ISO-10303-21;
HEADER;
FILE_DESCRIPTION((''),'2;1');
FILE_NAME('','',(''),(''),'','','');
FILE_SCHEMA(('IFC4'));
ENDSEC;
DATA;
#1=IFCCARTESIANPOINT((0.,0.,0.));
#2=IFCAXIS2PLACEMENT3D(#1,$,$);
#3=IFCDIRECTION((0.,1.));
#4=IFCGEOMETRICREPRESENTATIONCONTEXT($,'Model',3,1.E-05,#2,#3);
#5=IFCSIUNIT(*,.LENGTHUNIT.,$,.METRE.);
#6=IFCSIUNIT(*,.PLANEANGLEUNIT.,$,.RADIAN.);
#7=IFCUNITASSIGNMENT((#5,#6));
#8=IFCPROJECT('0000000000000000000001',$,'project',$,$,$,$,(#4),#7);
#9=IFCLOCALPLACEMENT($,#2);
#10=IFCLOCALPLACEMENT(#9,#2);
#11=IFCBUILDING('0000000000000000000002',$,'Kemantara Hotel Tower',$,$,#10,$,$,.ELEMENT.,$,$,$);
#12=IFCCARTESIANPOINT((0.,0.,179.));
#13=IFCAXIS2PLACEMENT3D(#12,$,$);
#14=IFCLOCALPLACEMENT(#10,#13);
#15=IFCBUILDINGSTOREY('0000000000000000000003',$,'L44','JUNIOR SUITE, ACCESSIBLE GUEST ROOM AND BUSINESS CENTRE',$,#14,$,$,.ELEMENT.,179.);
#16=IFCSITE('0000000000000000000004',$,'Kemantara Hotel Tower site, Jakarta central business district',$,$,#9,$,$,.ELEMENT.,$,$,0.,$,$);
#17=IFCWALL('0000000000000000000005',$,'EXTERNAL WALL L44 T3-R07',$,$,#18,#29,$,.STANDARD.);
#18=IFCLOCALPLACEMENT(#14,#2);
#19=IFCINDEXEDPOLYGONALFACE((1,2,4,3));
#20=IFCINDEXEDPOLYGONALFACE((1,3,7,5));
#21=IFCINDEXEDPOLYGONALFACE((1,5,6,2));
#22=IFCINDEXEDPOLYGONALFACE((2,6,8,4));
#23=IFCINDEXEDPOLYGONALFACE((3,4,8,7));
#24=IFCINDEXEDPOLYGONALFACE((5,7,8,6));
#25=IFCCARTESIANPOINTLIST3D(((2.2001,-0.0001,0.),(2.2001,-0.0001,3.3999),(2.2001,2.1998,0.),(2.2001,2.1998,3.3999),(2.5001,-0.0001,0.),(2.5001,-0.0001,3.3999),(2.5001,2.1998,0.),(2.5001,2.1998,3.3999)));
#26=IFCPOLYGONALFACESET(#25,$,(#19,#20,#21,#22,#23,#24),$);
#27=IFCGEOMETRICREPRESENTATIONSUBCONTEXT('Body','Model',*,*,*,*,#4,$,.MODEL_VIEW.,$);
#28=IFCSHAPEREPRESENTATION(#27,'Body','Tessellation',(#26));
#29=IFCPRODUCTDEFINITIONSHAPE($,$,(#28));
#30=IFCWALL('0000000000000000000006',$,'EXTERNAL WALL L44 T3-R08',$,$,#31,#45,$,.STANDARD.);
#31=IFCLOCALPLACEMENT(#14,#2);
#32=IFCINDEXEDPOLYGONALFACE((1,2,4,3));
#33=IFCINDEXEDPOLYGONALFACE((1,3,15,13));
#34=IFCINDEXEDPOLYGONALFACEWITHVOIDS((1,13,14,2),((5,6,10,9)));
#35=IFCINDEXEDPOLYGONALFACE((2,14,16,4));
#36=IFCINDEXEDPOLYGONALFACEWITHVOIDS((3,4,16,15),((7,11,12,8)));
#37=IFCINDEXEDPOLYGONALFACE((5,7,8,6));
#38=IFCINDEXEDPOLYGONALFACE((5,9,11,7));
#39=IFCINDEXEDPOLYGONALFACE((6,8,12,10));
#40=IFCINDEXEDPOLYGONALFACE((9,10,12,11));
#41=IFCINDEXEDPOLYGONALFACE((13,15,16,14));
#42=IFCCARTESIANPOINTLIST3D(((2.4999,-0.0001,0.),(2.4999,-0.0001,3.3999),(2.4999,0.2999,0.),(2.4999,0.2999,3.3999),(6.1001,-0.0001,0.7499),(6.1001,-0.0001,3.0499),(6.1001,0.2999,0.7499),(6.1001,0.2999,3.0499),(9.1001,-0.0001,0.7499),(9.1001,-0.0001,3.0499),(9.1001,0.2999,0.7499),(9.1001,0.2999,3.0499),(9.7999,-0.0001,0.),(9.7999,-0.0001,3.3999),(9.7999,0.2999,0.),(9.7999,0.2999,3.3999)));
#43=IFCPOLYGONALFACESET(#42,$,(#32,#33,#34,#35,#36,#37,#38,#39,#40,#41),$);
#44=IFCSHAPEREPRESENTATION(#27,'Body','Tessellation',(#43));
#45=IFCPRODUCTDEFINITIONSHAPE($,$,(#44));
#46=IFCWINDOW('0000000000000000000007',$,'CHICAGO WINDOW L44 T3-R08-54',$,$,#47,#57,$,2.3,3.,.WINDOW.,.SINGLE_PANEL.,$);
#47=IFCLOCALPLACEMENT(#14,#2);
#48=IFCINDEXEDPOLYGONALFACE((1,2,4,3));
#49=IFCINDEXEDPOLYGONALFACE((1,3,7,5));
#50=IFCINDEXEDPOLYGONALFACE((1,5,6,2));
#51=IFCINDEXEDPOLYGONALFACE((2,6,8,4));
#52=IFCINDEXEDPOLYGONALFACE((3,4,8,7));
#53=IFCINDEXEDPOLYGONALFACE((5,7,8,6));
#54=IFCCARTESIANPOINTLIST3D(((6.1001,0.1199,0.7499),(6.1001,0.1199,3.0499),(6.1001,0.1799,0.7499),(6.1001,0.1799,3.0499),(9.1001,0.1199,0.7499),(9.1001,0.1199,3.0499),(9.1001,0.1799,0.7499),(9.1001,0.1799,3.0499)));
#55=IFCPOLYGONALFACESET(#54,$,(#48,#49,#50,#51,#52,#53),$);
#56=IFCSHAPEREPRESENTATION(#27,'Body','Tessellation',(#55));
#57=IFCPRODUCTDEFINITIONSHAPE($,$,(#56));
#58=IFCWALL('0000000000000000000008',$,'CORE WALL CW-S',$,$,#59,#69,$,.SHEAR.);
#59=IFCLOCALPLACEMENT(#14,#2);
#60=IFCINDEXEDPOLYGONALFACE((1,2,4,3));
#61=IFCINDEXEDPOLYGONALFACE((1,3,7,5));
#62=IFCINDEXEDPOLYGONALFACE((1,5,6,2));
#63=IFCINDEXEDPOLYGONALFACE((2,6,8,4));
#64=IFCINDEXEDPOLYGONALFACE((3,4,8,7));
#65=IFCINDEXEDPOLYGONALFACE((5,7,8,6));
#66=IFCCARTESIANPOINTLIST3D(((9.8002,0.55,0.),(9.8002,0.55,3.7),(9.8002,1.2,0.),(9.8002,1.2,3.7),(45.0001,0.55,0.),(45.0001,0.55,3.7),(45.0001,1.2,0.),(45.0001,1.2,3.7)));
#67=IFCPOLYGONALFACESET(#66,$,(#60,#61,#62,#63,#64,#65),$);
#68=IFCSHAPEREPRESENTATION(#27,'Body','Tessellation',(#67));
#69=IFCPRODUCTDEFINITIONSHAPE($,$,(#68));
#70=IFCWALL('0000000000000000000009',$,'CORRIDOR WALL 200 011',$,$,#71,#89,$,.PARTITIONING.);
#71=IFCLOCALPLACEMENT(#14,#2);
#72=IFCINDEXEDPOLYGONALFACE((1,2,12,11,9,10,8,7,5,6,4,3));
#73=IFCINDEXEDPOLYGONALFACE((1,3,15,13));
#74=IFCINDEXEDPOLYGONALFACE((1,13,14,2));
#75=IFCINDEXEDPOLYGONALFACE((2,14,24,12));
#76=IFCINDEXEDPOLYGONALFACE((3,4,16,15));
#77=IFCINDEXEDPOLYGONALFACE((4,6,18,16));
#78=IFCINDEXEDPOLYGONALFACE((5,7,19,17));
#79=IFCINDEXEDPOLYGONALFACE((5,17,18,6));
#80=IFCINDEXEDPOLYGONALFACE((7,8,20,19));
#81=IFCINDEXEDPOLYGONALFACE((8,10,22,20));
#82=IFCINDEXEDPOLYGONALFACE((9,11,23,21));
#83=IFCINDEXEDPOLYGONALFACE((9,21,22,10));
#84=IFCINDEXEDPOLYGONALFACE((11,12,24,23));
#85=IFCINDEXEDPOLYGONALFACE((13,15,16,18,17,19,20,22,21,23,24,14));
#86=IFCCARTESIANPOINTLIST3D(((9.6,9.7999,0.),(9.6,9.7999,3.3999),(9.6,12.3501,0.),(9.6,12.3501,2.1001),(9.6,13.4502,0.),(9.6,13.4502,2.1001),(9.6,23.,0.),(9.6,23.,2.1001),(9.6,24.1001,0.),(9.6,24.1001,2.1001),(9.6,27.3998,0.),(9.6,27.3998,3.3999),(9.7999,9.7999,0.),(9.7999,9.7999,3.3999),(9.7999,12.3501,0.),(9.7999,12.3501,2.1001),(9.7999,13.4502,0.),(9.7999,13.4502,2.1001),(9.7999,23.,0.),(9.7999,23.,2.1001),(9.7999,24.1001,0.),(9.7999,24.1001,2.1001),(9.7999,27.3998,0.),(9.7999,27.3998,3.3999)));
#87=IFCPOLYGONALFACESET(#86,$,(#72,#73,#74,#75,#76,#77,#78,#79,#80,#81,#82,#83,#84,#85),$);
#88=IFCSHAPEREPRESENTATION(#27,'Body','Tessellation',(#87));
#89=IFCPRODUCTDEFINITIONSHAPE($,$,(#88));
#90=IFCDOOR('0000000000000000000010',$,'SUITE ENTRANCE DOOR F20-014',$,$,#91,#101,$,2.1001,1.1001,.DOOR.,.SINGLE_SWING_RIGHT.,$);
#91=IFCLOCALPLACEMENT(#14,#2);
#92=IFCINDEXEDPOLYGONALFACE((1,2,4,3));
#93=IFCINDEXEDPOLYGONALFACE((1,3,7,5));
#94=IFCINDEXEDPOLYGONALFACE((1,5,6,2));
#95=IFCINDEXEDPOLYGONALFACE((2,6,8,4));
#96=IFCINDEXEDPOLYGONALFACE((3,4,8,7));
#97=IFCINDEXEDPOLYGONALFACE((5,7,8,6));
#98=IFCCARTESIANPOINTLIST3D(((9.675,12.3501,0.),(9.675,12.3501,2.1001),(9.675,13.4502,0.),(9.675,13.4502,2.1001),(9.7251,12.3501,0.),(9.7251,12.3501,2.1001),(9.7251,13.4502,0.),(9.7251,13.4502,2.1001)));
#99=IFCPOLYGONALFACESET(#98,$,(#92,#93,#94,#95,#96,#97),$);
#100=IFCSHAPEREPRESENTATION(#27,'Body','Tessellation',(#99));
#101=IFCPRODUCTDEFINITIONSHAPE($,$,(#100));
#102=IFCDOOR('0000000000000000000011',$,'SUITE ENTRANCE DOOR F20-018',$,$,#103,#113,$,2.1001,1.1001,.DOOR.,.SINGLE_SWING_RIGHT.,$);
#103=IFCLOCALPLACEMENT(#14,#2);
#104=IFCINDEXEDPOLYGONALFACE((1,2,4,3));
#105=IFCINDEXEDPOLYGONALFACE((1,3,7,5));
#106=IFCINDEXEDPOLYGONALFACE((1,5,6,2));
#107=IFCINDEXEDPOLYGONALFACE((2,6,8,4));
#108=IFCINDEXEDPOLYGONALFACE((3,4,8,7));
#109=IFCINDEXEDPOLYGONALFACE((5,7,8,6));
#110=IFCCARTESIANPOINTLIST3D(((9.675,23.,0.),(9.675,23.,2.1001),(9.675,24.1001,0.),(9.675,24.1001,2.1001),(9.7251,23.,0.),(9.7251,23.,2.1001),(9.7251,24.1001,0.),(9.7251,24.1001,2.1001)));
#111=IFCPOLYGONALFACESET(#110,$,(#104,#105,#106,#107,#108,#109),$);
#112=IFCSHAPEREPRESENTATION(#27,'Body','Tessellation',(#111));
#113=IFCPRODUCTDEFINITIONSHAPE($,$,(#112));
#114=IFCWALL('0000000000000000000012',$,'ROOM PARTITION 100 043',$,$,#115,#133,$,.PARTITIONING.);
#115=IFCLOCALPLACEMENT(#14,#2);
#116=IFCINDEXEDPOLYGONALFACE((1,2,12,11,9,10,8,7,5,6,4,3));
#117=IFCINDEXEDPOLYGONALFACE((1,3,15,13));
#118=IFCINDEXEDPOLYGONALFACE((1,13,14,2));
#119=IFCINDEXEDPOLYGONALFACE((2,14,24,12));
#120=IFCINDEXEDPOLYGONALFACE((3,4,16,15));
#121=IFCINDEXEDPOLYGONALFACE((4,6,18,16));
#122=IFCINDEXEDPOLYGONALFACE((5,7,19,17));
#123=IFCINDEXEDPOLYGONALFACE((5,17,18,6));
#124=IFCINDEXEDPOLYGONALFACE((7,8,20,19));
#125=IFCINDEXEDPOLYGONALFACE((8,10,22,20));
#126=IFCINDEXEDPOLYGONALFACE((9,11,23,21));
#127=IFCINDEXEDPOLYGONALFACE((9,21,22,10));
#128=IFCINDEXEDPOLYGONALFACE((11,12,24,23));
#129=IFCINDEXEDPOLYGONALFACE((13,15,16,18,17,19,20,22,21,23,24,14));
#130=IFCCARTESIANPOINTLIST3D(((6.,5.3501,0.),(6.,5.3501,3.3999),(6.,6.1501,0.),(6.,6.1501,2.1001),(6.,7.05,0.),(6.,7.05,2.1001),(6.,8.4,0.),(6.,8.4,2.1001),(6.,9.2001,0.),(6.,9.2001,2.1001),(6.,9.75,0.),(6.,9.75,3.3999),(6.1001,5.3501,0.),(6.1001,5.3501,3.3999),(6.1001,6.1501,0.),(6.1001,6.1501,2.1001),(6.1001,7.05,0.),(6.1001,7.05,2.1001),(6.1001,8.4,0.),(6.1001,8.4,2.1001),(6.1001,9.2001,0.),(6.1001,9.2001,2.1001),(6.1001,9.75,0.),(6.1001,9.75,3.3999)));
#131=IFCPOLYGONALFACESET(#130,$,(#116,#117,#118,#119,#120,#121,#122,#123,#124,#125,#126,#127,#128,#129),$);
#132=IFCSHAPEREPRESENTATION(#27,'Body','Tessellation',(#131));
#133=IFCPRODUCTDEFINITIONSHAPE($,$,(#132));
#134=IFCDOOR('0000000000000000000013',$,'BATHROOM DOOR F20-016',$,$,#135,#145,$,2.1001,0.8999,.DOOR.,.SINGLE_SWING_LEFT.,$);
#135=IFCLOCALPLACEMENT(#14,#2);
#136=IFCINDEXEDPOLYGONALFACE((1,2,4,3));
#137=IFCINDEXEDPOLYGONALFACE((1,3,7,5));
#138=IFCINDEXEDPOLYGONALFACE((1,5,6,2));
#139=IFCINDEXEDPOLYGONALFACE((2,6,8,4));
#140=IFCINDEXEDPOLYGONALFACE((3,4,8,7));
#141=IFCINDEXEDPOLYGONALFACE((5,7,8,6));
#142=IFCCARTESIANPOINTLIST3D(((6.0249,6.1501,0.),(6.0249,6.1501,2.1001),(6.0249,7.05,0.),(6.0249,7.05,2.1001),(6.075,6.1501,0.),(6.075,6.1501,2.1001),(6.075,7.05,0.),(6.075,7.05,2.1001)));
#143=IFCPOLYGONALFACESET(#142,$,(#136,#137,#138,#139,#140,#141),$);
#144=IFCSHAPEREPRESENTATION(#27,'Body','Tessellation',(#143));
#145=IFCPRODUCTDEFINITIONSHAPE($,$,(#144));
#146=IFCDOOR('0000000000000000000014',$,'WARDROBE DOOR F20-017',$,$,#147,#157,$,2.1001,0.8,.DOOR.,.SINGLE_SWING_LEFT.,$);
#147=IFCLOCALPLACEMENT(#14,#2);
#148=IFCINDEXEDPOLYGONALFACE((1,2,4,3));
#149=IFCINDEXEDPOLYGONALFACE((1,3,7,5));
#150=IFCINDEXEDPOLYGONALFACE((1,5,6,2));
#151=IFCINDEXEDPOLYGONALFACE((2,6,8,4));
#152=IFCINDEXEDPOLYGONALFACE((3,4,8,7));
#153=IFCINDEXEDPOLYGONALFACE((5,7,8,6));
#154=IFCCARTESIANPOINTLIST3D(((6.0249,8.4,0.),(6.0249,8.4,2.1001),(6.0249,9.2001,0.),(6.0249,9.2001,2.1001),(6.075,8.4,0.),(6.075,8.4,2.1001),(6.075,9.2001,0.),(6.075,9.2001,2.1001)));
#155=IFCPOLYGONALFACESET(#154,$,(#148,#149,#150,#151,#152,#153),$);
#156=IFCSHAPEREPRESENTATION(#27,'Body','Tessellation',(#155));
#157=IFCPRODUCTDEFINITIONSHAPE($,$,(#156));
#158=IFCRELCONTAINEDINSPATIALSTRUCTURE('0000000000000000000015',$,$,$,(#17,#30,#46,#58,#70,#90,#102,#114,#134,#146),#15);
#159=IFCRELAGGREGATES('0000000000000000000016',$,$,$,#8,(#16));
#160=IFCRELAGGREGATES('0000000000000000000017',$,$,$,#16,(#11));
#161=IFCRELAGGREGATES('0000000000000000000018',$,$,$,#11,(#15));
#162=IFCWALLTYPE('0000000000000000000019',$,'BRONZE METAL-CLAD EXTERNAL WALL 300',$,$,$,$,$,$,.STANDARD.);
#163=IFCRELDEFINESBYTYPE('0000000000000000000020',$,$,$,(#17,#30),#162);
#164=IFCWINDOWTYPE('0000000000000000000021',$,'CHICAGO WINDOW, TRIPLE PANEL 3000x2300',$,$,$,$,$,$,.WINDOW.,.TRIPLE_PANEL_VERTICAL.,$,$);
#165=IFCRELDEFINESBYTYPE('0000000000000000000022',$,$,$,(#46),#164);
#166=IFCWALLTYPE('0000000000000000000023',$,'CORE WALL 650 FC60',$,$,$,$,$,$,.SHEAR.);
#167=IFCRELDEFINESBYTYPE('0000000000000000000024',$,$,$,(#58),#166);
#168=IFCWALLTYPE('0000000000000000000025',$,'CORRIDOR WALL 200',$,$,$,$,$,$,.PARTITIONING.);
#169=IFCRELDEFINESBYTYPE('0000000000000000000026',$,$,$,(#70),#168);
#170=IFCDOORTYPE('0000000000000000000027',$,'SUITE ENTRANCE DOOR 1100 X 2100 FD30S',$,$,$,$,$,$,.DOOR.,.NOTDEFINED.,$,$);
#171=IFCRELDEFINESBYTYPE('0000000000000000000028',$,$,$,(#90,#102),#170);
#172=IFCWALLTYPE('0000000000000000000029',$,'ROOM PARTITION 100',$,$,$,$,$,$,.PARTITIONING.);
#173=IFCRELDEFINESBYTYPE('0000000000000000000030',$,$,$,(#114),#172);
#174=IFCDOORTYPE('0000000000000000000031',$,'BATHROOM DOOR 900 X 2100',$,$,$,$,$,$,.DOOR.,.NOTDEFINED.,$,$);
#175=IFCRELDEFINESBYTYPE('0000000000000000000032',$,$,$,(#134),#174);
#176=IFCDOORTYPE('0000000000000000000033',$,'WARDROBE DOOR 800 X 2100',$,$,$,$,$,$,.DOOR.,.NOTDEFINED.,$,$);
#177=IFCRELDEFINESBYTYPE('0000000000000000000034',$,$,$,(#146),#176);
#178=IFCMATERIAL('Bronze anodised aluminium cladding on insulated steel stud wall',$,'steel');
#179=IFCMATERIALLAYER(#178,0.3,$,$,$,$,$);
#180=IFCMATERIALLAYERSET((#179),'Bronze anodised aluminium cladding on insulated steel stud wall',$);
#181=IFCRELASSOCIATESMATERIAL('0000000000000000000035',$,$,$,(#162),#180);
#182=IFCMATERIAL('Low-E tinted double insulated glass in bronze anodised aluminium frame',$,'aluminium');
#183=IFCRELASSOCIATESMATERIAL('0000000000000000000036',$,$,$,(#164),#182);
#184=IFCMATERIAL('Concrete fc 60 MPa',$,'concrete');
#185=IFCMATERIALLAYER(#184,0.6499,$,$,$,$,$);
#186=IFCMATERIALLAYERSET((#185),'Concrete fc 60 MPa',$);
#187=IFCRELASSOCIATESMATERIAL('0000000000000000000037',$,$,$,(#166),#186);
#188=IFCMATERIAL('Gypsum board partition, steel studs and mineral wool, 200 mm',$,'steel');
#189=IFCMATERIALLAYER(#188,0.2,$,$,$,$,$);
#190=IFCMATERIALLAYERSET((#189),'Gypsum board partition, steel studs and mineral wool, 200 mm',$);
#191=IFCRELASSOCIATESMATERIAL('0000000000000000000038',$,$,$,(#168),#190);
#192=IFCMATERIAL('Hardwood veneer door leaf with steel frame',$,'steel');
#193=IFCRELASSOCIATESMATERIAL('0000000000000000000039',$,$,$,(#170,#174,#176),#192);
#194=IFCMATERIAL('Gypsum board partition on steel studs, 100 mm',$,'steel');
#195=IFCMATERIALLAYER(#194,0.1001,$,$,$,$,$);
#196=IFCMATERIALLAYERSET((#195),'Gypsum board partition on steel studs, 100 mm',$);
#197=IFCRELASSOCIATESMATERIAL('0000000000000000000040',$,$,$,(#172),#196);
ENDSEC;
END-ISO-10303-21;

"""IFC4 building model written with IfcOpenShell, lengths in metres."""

from ifc_helpers import new_model, si_unit, direction, frame, frame_2d, origin, place, context, subcontext, project, spatial, rectangle, extrude, material, layer, layer_set, type_object, element, fill, save


model = new_model("IFC4")

# Units and contexts
model_context = context("Model", 3, precision=1e-05, world=origin(), true_north=direction((0.0, 1.0)))
body_context = subcontext(model_context, "Body", "Model", "MODEL_VIEW")
ifc_project = project(units=[si_unit("LENGTHUNIT", "METRE"), si_unit("PLANEANGLEUNIT", "RADIAN")], contexts=[model_context])

# Site, building, storey
site_placement = place(None, origin())
site = spatial("IfcSite", under=ifc_project, at=site_placement, Name="Kemantara Hotel Tower site, Jakarta central business district", CompositionType="ELEMENT", RefElevation=0.0)
building_placement = place(site_placement, origin())
building = spatial("IfcBuilding", under=site, at=building_placement, Name="Kemantara Hotel Tower", CompositionType="ELEMENT")
storey_placement = place(building_placement, frame((0.0, 0.0, 179.0)))
storey = spatial("IfcBuildingStorey", under=building, at=storey_placement, Name="L44", Description="JUNIOR SUITE, ACCESSIBLE GUEST ROOM AND BUSINESS CENTRE", CompositionType="ELEMENT", Elevation=179.0)

# Shared definitions
ifc_material_1 = material(Name="Concrete fc 60 MPa", Category="concrete")

# Wall
ifc_material_2 = material(Name="Bronze anodised aluminium cladding on insulated steel stud wall", Category="steel")
ifc_layer_1 = layer(ifc_material_2, 0.3)
ifc_layer_set_1 = layer_set([ifc_layer_1], Name="Bronze anodised aluminium cladding on insulated steel stud wall")
wall_type_1 = type_object("IfcWallType", Name="BRONZE METAL-CLAD EXTERNAL WALL 300", PredefinedType="STANDARD", material=ifc_layer_set_1)
for number, where, z_axis, x_axis, name in (
    (1, (2.3501, 2.2, 0.0), (0.0, 0.0, 1.0), (0.0, -1.0, 0.0), "EXTERNAL WALL L44 T3-R07"),
):
    element("IfcWall", number, at=place(storey_placement, frame(where, z_axis=z_axis, x_axis=x_axis)), inside=storey, type_object=wall_type_1, Name=name, PredefinedType="STANDARD", context=body_context, shape_type="SweptSolid", body=[
        extrude(rectangle(XDim=2.2, YDim=0.3, at=frame_2d((1.1001, 0.0))), origin(), (0.0, 0.0, 1.0), 3.3999),
    ])

# Wall, opening, window
wall_1_placement = place(storey_placement, frame((2.5, 0.1499, 0.0), z_axis=(0.0, 0.0, 1.0), x_axis=(1.0, 0.0, 0.0)))
wall_1 = element("IfcWall", 2, at=wall_1_placement, inside=storey, type_object=wall_type_1, Name="EXTERNAL WALL L44 T3-R08", PredefinedType="STANDARD", context=body_context, shape_type="SweptSolid", body=[
    extrude(rectangle(XDim=7.3, YDim=0.3, at=frame_2d((3.6499, 0.0))), origin(), (0.0, 0.0, 1.0), 3.3999),
])
opening_1_placement = place(wall_1_placement, frame((3.6001, 0.0, 0.75)))
opening_1 = element("IfcOpeningElement", 3, at=opening_1_placement, cuts=wall_1, PredefinedType="OPENING", context=body_context, shape_type="SweptSolid", body=[
    extrude(rectangle(XDim=3.0, YDim=2.3, at=frame_2d((1.5, 1.1499))), frame((0.0, 0.1599, 0.0), z_axis=(0.0, -1.0, 0.0), x_axis=(1.0, 0.0, 0.0)), (0.0, 0.0, 1.0), 0.3201),
])
ifc_material_3 = material(Name="Low-E tinted double insulated glass in bronze anodised aluminium frame", Category="aluminium")
window_type = type_object("IfcWindowType", Name="CHICAGO WINDOW, TRIPLE PANEL 3000x2300", PartitioningType="TRIPLE_PANEL_VERTICAL", PredefinedType="WINDOW", material=ifc_material_3)
window_placement = place(opening_1_placement, origin())
window = element("IfcWindow", 4, at=window_placement, inside=storey, type_object=window_type, Name="CHICAGO WINDOW L44 T3-R08-54", OverallHeight=2.3, OverallWidth=3.0, PartitioningType="SINGLE_PANEL", PredefinedType="WINDOW", context=body_context, shape_type="SweptSolid", body=[
    extrude(rectangle(XDim=3.0, YDim=2.3, at=frame_2d((1.5, 1.1499))), frame((0.0, 0.03, 0.0), z_axis=(0.0, -1.0, 0.0), x_axis=(1.0, 0.0, 0.0)), (0.0, 0.0, 1.0), 0.0601),
])
fill(opening_1, window)

# Wall
ifc_layer_2 = layer(ifc_material_1, 0.6499)
ifc_layer_set_2 = layer_set([ifc_layer_2], Name="Concrete fc 60 MPa")
wall_type_2 = type_object("IfcWallType", Name="CORE WALL 650 FC60", PredefinedType="SHEAR", material=ifc_layer_set_2)
wall_2_placement = place(storey_placement, frame((9.8, 0.875, 0.0), z_axis=(0.0, 0.0, 1.0), x_axis=(1.0, 0.0, 0.0)))
element("IfcWall", 5, at=wall_2_placement, inside=storey, type_object=wall_type_2, Name="CORE WALL CW-S", PredefinedType="SHEAR", context=body_context, shape_type="SweptSolid", body=[
    extrude(rectangle(XDim=35.2, YDim=0.6499, at=frame_2d((17.6001, 0.0))), origin(), (0.0, 0.0, 1.0), 3.7),
])

# Walls, openings, doors
ifc_material_4 = material(Name="Gypsum board partition, steel studs and mineral wool, 200 mm", Category="steel")
ifc_layer_3 = layer(ifc_material_4, 0.2)
ifc_layer_set_3 = layer_set([ifc_layer_3], Name="Gypsum board partition, steel studs and mineral wool, 200 mm")
wall_type_3 = type_object("IfcWallType", Name="CORRIDOR WALL 200", PredefinedType="PARTITIONING", material=ifc_layer_set_3)
wall_3_placement = place(storey_placement, frame((9.7, 9.8, 0.0), z_axis=(0.0, 0.0, 1.0), x_axis=(0.0, 1.0, 0.0)))
wall_3 = element("IfcWall", 6, at=wall_3_placement, inside=storey, type_object=wall_type_3, Name="CORRIDOR WALL 200 011", PredefinedType="PARTITIONING", context=body_context, shape_type="SweptSolid", body=[
    extrude(rectangle(XDim=17.5999, YDim=0.2, at=frame_2d((8.7998, 0.0))), origin(), (0.0, 0.0, 1.0), 3.3999),
])
opening_2_placement = place(wall_3_placement, frame((2.55, 0.0, 0.0)))
opening_2 = element("IfcOpeningElement", 7, at=opening_2_placement, cuts=wall_3, PredefinedType="OPENING", context=body_context, shape_type="SweptSolid", body=[
    extrude(rectangle(XDim=1.1001, YDim=2.1001, at=frame_2d((0.55, 1.05))), frame((0.0, 0.1099, 0.0), z_axis=(0.0, -1.0, 0.0), x_axis=(1.0, 0.0, 0.0)), (0.0, 0.0, 1.0), 0.22),
])
opening_3_placement = place(wall_3_placement, frame((13.2, 0.0, 0.0)))
opening_3 = element("IfcOpeningElement", 8, at=opening_3_placement, cuts=wall_3, PredefinedType="OPENING", context=body_context, shape_type="SweptSolid", body=[
    extrude(rectangle(XDim=1.1001, YDim=2.1001, at=frame_2d((0.55, 1.05))), frame((0.0, 0.1099, 0.0), z_axis=(0.0, -1.0, 0.0), x_axis=(1.0, 0.0, 0.0)), (0.0, 0.0, 1.0), 0.22),
])
ifc_material_5 = material(Name="Hardwood veneer door leaf with steel frame", Category="steel")
door_type_1 = type_object("IfcDoorType", Name="SUITE ENTRANCE DOOR 1100 X 2100 FD30S", OperationType="NOTDEFINED", PredefinedType="DOOR", material=ifc_material_5)
door_1_placement = place(opening_2_placement, origin())
door_1 = element("IfcDoor", 9, at=door_1_placement, inside=storey, type_object=door_type_1, Name="SUITE ENTRANCE DOOR F20-014", OperationType="SINGLE_SWING_RIGHT", OverallHeight=2.1001, OverallWidth=1.1001, PredefinedType="DOOR", context=body_context, shape_type="SweptSolid", body=[
    extrude(rectangle(XDim=1.1001, YDim=2.1001, at=frame_2d((0.55, 1.05))), frame((0.0, 0.0249, 0.0), z_axis=(0.0, -1.0, 0.0), x_axis=(1.0, 0.0, 0.0)), (0.0, 0.0, 1.0), 0.05),
])
fill(opening_2, door_1)
door_2_placement = place(opening_3_placement, origin())
door_2 = element("IfcDoor", 10, at=door_2_placement, inside=storey, type_object=door_type_1, Name="SUITE ENTRANCE DOOR F20-018", OperationType="SINGLE_SWING_RIGHT", OverallHeight=2.1001, OverallWidth=1.1001, PredefinedType="DOOR", context=body_context, shape_type="SweptSolid", body=[
    extrude(rectangle(XDim=1.1001, YDim=2.1001, at=frame_2d((0.55, 1.05))), frame((0.0, 0.0249, 0.0), z_axis=(0.0, -1.0, 0.0), x_axis=(1.0, 0.0, 0.0)), (0.0, 0.0, 1.0), 0.05),
])
fill(opening_3, door_2)
ifc_material_6 = material(Name="Gypsum board partition on steel studs, 100 mm", Category="steel")
ifc_layer_4 = layer(ifc_material_6, 0.1001)
ifc_layer_set_4 = layer_set([ifc_layer_4], Name="Gypsum board partition on steel studs, 100 mm")
wall_type_4 = type_object("IfcWallType", Name="ROOM PARTITION 100", PredefinedType="PARTITIONING", material=ifc_layer_set_4)
wall_4_placement = place(storey_placement, frame((6.05, 9.75, 0.0), z_axis=(0.0, 0.0, 1.0), x_axis=(0.0, -1.0, 0.0)))
wall_4 = element("IfcWall", 11, at=wall_4_placement, inside=storey, type_object=wall_type_4, Name="ROOM PARTITION 100 043", PredefinedType="PARTITIONING", context=body_context, shape_type="SweptSolid", body=[
    extrude(rectangle(XDim=4.3999, YDim=0.1001, at=frame_2d((2.2, 0.0))), origin(), (0.0, 0.0, 1.0), 3.3999),
])
opening_4_placement = place(wall_4_placement, frame((2.7, 0.0, 0.0)))
opening_4 = element("IfcOpeningElement", 12, at=opening_4_placement, cuts=wall_4, PredefinedType="OPENING", context=body_context, shape_type="SweptSolid", body=[
    extrude(rectangle(XDim=0.8999, YDim=2.1001, at=frame_2d((0.45, 1.05))), frame((0.0, 0.0601, 0.0), z_axis=(0.0, -1.0, 0.0), x_axis=(1.0, 0.0, 0.0)), (0.0, 0.0, 1.0), 0.1201),
])
opening_5_placement = place(wall_4_placement, frame((0.55, 0.0, 0.0)))
opening_5 = element("IfcOpeningElement", 13, at=opening_5_placement, cuts=wall_4, PredefinedType="OPENING", context=body_context, shape_type="SweptSolid", body=[
    extrude(rectangle(XDim=0.8, YDim=2.1001, at=frame_2d((0.3999, 1.05))), frame((0.0, 0.0601, 0.0), z_axis=(0.0, -1.0, 0.0), x_axis=(1.0, 0.0, 0.0)), (0.0, 0.0, 1.0), 0.1201),
])
door_type_2 = type_object("IfcDoorType", Name="BATHROOM DOOR 900 X 2100", OperationType="NOTDEFINED", PredefinedType="DOOR", material=ifc_material_5)
door_3_placement = place(opening_4_placement, origin())
door_3 = element("IfcDoor", 14, at=door_3_placement, inside=storey, type_object=door_type_2, Name="BATHROOM DOOR F20-016", OperationType="SINGLE_SWING_LEFT", OverallHeight=2.1001, OverallWidth=0.8999, PredefinedType="DOOR", context=body_context, shape_type="SweptSolid", body=[
    extrude(rectangle(XDim=0.8999, YDim=2.1001, at=frame_2d((0.45, 1.05))), frame((0.0, 0.0249, 0.0), z_axis=(0.0, -1.0, 0.0), x_axis=(1.0, 0.0, 0.0)), (0.0, 0.0, 1.0), 0.05),
])
fill(opening_4, door_3)
door_type_3 = type_object("IfcDoorType", Name="WARDROBE DOOR 800 X 2100", OperationType="NOTDEFINED", PredefinedType="DOOR", material=ifc_material_5)
door_4_placement = place(opening_5_placement, origin())
door_4 = element("IfcDoor", 15, at=door_4_placement, inside=storey, type_object=door_type_3, Name="WARDROBE DOOR F20-017", OperationType="SINGLE_SWING_LEFT", OverallHeight=2.1001, OverallWidth=0.8, PredefinedType="DOOR", context=body_context, shape_type="SweptSolid", body=[
    extrude(rectangle(XDim=0.8, YDim=2.1001, at=frame_2d((0.3999, 1.05))), frame((0.0, 0.0249, 0.0), z_axis=(0.0, -1.0, 0.0), x_axis=(1.0, 0.0, 0.0)), (0.0, 0.0, 1.0), 0.05),
])
fill(opening_5, door_4)

save(model, "model.ifc")
